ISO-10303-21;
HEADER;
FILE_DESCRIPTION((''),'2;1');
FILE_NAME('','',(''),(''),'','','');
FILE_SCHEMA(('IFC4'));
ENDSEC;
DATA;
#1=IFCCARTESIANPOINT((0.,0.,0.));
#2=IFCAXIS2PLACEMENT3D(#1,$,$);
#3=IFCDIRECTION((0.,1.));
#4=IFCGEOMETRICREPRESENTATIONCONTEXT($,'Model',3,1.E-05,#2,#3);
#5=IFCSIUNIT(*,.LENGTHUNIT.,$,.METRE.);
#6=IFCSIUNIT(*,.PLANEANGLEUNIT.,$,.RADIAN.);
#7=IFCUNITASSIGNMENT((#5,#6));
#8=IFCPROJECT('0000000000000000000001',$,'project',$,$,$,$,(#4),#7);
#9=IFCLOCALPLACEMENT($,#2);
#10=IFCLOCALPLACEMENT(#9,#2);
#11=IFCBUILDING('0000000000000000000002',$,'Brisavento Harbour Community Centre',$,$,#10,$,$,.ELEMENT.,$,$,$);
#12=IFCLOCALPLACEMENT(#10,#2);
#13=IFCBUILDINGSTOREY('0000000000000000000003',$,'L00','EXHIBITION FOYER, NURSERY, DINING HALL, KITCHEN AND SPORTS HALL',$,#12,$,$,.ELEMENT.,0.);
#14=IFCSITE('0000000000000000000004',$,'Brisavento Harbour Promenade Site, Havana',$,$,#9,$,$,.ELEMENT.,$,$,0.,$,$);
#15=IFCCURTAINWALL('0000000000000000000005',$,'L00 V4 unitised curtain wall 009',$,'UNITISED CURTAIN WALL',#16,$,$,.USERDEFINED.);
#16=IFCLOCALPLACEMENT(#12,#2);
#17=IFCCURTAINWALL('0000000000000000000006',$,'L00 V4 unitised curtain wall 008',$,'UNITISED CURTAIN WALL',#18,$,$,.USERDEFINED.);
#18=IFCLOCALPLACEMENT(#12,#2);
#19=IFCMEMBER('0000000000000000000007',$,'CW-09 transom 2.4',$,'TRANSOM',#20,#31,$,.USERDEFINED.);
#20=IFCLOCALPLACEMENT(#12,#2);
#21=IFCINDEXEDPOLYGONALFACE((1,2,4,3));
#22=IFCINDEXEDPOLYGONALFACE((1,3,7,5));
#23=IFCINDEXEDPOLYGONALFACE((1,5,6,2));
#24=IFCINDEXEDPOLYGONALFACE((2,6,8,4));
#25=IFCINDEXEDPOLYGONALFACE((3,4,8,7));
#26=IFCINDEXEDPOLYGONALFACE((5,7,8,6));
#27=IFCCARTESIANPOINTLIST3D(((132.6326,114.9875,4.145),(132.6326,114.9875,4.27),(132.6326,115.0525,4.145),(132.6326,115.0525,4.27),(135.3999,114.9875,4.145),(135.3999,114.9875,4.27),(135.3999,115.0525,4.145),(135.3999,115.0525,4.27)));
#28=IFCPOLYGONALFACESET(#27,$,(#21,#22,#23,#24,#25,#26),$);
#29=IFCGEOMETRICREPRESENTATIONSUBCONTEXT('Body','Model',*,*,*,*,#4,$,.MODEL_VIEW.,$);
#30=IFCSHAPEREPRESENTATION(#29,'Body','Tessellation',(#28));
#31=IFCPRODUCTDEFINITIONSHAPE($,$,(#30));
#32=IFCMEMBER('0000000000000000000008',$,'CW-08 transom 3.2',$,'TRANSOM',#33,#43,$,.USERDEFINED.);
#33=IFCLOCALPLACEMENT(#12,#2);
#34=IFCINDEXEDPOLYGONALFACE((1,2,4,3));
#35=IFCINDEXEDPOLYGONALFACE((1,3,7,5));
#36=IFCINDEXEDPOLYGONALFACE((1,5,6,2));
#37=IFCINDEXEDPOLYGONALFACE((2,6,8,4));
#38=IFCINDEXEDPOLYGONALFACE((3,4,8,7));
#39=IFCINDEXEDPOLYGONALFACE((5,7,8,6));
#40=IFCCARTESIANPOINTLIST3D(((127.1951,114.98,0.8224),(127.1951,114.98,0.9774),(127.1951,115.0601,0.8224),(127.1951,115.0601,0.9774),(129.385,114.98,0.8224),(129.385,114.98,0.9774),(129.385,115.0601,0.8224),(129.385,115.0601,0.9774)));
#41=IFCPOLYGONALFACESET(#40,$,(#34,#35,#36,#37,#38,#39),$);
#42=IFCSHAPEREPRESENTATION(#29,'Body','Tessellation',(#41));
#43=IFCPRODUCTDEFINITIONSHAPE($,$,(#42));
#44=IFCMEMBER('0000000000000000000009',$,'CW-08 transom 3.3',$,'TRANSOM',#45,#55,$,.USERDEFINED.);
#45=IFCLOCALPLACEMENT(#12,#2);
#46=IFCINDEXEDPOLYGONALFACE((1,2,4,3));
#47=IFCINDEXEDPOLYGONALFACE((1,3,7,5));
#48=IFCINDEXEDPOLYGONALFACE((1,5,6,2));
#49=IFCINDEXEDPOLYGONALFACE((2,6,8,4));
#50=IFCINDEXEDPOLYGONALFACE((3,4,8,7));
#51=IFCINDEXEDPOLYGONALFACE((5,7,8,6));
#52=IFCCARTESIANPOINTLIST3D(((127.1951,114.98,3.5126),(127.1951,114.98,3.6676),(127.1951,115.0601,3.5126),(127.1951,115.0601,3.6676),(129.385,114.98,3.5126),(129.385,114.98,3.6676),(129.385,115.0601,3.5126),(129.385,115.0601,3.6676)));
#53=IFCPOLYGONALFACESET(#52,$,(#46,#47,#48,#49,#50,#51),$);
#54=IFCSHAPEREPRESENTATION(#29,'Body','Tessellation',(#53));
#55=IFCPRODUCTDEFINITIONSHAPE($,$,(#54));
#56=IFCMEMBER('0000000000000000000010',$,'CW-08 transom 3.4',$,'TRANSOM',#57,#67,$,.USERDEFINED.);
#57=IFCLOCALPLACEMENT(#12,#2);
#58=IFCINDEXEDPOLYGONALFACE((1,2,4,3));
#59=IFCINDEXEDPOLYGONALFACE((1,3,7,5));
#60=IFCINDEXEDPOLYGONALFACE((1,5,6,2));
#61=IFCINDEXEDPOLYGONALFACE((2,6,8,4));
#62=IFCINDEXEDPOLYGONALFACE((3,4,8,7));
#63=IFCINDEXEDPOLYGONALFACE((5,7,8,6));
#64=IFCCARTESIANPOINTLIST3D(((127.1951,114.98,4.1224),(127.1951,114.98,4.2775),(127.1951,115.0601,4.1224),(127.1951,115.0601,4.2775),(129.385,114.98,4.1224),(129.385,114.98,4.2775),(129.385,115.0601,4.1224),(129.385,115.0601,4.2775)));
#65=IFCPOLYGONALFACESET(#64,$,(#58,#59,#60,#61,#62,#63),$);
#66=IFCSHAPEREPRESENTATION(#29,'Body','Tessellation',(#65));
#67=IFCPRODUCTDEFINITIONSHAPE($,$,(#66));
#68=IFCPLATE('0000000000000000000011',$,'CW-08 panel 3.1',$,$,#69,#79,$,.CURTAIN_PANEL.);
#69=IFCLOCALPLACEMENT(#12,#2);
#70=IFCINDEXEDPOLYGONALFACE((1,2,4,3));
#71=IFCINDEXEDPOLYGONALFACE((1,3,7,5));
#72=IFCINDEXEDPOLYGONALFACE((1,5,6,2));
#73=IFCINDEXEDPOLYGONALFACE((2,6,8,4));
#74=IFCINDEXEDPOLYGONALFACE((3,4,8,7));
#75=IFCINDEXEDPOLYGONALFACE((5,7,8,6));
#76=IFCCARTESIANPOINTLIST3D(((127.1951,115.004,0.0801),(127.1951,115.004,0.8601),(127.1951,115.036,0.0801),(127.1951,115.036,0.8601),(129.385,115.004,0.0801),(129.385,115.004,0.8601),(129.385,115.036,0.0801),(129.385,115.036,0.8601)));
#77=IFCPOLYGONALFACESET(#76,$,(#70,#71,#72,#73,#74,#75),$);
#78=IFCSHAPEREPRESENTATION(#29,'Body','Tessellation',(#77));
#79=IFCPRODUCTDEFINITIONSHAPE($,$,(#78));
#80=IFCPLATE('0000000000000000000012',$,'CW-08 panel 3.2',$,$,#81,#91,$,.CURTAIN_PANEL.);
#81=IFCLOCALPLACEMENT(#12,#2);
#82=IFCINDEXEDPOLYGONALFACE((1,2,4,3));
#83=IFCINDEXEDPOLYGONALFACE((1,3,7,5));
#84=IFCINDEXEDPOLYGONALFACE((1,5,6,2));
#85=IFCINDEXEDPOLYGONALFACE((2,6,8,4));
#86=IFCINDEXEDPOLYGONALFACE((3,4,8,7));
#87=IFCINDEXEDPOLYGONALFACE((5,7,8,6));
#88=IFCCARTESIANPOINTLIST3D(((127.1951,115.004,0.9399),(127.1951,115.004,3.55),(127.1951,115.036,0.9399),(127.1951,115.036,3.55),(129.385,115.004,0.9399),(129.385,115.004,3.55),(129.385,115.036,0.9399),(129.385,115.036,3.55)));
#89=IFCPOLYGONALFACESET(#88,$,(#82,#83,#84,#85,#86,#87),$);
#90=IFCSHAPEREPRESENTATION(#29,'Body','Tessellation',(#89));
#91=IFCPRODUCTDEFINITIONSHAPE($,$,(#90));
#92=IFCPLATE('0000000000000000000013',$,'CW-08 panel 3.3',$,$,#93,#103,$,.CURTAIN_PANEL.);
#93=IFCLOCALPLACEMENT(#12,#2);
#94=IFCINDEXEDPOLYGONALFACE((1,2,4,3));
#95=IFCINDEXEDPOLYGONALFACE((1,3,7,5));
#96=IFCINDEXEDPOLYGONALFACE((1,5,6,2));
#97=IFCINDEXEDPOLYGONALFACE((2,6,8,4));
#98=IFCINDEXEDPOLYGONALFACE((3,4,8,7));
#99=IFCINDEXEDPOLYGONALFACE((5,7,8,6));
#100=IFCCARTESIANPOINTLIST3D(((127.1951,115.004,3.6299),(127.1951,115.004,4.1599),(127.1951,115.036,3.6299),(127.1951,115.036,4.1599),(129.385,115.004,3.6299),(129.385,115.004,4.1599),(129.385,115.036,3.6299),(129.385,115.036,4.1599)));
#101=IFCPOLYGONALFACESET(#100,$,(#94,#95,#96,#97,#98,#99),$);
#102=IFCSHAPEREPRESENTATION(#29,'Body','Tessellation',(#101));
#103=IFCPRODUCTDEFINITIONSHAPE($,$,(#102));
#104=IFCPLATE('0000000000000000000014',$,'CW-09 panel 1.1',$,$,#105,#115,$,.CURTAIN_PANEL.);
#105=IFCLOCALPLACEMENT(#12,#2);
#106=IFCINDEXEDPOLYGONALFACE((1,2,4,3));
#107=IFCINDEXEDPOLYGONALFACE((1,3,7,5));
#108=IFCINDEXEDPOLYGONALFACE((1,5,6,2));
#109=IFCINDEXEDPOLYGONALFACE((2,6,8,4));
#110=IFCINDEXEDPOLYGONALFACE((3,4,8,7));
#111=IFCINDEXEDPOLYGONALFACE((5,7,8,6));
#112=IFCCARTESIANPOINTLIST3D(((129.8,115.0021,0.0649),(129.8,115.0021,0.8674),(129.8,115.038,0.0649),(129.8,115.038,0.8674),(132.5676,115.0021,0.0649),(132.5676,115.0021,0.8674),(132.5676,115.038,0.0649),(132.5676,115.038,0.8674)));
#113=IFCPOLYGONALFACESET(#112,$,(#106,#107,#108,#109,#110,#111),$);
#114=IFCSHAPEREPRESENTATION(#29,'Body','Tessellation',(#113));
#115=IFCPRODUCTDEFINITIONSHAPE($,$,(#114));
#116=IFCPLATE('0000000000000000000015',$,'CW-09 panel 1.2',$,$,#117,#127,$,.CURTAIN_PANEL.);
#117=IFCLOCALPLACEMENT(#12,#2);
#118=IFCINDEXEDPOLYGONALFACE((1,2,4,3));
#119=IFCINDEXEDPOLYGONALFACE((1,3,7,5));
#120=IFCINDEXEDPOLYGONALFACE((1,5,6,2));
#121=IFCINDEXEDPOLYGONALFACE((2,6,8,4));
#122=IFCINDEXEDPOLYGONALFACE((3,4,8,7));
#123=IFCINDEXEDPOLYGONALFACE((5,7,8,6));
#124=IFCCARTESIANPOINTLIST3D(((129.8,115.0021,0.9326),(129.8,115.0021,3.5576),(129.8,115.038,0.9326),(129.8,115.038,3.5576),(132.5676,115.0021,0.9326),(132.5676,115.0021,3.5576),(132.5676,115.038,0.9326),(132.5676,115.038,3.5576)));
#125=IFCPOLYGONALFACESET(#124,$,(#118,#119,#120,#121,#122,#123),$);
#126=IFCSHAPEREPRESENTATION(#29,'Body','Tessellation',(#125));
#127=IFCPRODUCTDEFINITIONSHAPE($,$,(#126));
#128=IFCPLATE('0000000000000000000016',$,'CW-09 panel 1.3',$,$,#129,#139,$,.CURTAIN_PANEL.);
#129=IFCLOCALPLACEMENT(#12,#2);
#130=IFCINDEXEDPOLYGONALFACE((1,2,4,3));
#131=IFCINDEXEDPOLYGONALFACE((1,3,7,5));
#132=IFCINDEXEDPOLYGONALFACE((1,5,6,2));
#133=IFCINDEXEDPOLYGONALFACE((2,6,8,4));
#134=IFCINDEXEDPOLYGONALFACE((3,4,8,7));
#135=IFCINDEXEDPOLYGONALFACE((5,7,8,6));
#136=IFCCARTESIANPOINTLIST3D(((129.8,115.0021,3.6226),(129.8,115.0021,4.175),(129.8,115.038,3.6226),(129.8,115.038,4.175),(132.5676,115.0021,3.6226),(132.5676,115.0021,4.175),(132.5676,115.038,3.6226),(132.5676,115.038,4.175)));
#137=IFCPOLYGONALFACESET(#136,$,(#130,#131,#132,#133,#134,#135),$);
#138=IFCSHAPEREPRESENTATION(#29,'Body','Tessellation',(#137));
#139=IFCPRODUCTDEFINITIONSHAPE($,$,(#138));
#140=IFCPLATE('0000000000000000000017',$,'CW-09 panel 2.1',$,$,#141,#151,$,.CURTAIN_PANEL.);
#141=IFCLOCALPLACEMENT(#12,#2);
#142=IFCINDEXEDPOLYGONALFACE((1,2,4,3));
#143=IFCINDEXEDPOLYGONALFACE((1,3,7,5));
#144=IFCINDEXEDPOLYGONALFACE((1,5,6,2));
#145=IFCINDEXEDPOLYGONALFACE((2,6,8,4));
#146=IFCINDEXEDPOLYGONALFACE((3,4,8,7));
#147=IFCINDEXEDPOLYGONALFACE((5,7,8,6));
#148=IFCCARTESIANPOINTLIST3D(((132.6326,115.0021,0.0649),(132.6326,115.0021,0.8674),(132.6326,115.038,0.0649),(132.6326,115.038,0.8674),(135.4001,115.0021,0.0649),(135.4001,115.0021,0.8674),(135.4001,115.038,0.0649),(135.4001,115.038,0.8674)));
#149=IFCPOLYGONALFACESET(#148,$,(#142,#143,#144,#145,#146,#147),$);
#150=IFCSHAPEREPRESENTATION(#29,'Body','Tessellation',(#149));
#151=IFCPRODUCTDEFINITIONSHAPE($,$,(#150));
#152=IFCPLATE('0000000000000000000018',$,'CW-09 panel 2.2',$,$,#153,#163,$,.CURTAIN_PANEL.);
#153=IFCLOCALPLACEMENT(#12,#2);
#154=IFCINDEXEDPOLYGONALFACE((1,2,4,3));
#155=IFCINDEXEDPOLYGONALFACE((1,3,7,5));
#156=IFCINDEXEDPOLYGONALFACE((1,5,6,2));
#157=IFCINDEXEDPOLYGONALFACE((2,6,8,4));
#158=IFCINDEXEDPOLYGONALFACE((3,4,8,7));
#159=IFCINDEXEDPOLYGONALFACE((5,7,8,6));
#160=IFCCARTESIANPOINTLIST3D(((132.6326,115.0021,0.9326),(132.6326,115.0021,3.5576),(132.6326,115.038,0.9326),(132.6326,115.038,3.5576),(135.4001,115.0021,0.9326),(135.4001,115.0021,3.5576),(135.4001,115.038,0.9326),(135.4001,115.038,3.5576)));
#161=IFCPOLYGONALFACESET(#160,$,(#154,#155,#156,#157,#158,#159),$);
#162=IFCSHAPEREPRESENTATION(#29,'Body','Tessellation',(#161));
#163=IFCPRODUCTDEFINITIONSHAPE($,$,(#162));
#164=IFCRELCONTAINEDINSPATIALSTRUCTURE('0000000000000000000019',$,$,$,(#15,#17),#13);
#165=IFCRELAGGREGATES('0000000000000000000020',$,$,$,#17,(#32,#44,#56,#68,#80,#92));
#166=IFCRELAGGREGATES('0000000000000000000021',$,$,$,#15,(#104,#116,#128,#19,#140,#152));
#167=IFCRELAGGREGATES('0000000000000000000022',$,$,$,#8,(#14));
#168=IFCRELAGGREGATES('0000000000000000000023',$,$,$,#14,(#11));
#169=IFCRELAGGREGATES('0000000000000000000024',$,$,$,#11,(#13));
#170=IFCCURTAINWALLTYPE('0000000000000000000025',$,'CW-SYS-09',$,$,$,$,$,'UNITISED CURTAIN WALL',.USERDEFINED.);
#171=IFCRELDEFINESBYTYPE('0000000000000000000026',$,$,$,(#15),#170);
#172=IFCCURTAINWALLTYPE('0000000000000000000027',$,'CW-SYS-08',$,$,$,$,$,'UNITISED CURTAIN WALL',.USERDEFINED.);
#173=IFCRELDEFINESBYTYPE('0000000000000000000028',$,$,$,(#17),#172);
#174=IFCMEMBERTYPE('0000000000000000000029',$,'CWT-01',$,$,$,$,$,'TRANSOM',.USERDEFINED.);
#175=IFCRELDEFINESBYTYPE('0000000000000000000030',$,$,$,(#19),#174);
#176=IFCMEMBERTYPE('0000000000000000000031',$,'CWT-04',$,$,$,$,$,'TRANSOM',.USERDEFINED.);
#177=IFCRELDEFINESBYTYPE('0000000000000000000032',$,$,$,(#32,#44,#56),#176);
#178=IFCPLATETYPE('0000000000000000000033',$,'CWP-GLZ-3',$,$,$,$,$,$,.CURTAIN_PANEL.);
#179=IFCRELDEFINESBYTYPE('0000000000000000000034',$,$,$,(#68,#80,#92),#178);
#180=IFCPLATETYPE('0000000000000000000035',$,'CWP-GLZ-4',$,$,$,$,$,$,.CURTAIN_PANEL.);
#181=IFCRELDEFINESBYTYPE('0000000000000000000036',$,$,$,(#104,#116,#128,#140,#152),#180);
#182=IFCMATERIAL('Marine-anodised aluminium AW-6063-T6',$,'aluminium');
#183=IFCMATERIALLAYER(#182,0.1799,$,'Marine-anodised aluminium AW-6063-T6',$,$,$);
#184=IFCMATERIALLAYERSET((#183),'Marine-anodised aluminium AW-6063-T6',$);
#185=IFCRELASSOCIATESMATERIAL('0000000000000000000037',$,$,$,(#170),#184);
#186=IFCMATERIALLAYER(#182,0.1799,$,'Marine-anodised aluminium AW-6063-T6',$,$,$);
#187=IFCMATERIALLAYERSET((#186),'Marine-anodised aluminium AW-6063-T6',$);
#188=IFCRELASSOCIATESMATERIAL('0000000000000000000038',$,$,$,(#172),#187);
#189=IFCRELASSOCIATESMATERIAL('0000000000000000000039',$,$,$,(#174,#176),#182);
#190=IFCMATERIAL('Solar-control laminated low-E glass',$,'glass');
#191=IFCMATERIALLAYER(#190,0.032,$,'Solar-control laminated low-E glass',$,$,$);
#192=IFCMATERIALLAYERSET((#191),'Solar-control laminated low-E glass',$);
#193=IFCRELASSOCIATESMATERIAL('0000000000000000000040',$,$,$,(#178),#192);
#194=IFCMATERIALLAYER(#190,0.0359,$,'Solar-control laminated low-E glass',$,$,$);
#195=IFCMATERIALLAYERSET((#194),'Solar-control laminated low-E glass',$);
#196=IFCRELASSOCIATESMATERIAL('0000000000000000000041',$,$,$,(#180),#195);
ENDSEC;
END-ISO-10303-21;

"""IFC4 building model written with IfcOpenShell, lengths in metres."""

from ifc_helpers import new_model, si_unit, direction, frame, origin, origin_2d, place, context, subcontext, project, spatial, rectangle, extrude, material, layer, layer_set, material_profile, profile_set, type_object, element, aggregate, save


model = new_model("IFC4")

# Units and contexts
model_context = context("Model", 3, precision=1e-05, world=origin(), true_north=direction((0.0, 1.0)))
body_context = subcontext(model_context, "Body", "Model", "MODEL_VIEW")
ifc_project = project(units=[si_unit("LENGTHUNIT", "METRE"), si_unit("PLANEANGLEUNIT", "RADIAN")], contexts=[model_context])

# Site, building, storey
site_placement = place(None, origin())
site = spatial("IfcSite", under=ifc_project, at=site_placement, Name="Brisavento Harbour Promenade Site, Havana", CompositionType="ELEMENT", RefElevation=0.0)
building_placement = place(site_placement, origin())
building = spatial("IfcBuilding", under=site, at=building_placement, Name="Brisavento Harbour Community Centre", CompositionType="ELEMENT")
storey_placement = place(building_placement, origin())
storey = spatial("IfcBuildingStorey", under=building, at=storey_placement, Name="L00", Description="EXHIBITION FOYER, NURSERY, DINING HALL, KITCHEN AND SPORTS HALL", CompositionType="ELEMENT", Elevation=0.0)

# Curtain wall
ifc_material_1 = material(Name="Marine-anodised aluminium AW-6063-T6", Category="aluminium")
ifc_layer_1 = layer(ifc_material_1, 0.1799, Name="Marine-anodised aluminium AW-6063-T6")
ifc_layer_set_1 = layer_set([ifc_layer_1], Name="Marine-anodised aluminium AW-6063-T6")
curtain_wall_type_1 = type_object("IfcCurtainWallType", Name="CW-SYS-09", ElementType="UNITISED CURTAIN WALL", PredefinedType="USERDEFINED", material=ifc_layer_set_1)
curtain_wall_1_placement = place(storey_placement, origin())
curtain_wall_1 = element("IfcCurtainWall", 1, at=curtain_wall_1_placement, inside=storey, type_object=curtain_wall_type_1, Name="L00 V4 unitised curtain wall 009", ObjectType="UNITISED CURTAIN WALL", PredefinedType="USERDEFINED")

# Curtain wall
ifc_layer_2 = layer(ifc_material_1, 0.1799, Name="Marine-anodised aluminium AW-6063-T6")
ifc_layer_set_2 = layer_set([ifc_layer_2], Name="Marine-anodised aluminium AW-6063-T6")
curtain_wall_type_2 = type_object("IfcCurtainWallType", Name="CW-SYS-08", ElementType="UNITISED CURTAIN WALL", PredefinedType="USERDEFINED", material=ifc_layer_set_2)
curtain_wall_2_placement = place(storey_placement, origin())
curtain_wall_2 = element("IfcCurtainWall", 2, at=curtain_wall_2_placement, inside=storey, type_object=curtain_wall_type_2, Name="L00 V4 unitised curtain wall 008", ObjectType="UNITISED CURTAIN WALL", PredefinedType="USERDEFINED")

# Members
ifc_material_profile_1 = material_profile(ifc_material_1, rectangle(XDim=0.0649, YDim=0.125, at=origin_2d()), Name="Marine-anodised aluminium AW-6063-T6")
ifc_profile_set_1 = profile_set([ifc_material_profile_1], Name="Marine-anodised aluminium AW-6063-T6")
member_type_1 = type_object("IfcMemberType", Name="CWT-01", ElementType="TRANSOM", PredefinedType="USERDEFINED", material=ifc_profile_set_1)
member_1_placement = place(storey_placement, frame((132.6326, 115.02, 4.2075), z_axis=(1.0, 0.0, 0.0), x_axis=(0.0, 1.0, 0.0)))
member_1 = element("IfcMember", 3, at=member_1_placement, type_object=member_type_1, Name="CW-09 transom 2.4", ObjectType="TRANSOM", PredefinedType="USERDEFINED", context=body_context, shape_type="SweptSolid", body=[
    extrude(rectangle(XDim=0.0649, YDim=0.125, at=origin_2d()), origin(), (0.0, 0.0, 1.0), 2.7673),
])
ifc_material_profile_2 = material_profile(ifc_material_1, rectangle(XDim=0.0801, YDim=0.155, at=origin_2d()), Name="Marine-anodised aluminium AW-6063-T6")
ifc_profile_set_2 = profile_set([ifc_material_profile_2], Name="Marine-anodised aluminium AW-6063-T6")
member_type_2 = type_object("IfcMemberType", Name="CWT-04", ElementType="TRANSOM", PredefinedType="USERDEFINED", material=ifc_profile_set_2)
member_2_placement = place(storey_placement, frame((127.1951, 115.02, 0.8999), z_axis=(1.0, 0.0, 0.0), x_axis=(0.0, 1.0, 0.0)))
member_2 = element("IfcMember", 4, at=member_2_placement, type_object=member_type_2, Name="CW-08 transom 3.2", ObjectType="TRANSOM", PredefinedType="USERDEFINED", context=body_context, shape_type="SweptSolid", body=[
    extrude(rectangle(XDim=0.0801, YDim=0.155, at=origin_2d()), origin(), (0.0, 0.0, 1.0), 2.1899),
])
member_3_placement = place(storey_placement, frame((127.1951, 115.02, 3.5901), z_axis=(1.0, 0.0, 0.0), x_axis=(0.0, 1.0, 0.0)))
member_3 = element("IfcMember", 5, at=member_3_placement, type_object=member_type_2, Name="CW-08 transom 3.3", ObjectType="TRANSOM", PredefinedType="USERDEFINED", context=body_context, shape_type="SweptSolid", body=[
    extrude(rectangle(XDim=0.0801, YDim=0.155, at=origin_2d()), origin(), (0.0, 0.0, 1.0), 2.1899),
])
member_4_placement = place(storey_placement, frame((127.1951, 115.02, 4.2), z_axis=(1.0, 0.0, 0.0), x_axis=(0.0, 1.0, 0.0)))
member_4 = element("IfcMember", 6, at=member_4_placement, type_object=member_type_2, Name="CW-08 transom 3.4", ObjectType="TRANSOM", PredefinedType="USERDEFINED", context=body_context, shape_type="SweptSolid", body=[
    extrude(rectangle(XDim=0.0801, YDim=0.155, at=origin_2d()), origin(), (0.0, 0.0, 1.0), 2.1899),
])

# Plates
ifc_material_2 = material(Name="Solar-control laminated low-E glass", Category="glass")
ifc_layer_3 = layer(ifc_material_2, 0.032, Name="Solar-control laminated low-E glass")
ifc_layer_set_3 = layer_set([ifc_layer_3], Name="Solar-control laminated low-E glass")
plate_type_1 = type_object("IfcPlateType", Name="CWP-GLZ-3", PredefinedType="CURTAIN_PANEL", material=ifc_layer_set_3)
plate_1_placement = place(storey_placement, frame((128.29, 115.02, 0.0801), z_axis=(0.0, 0.0, 1.0), x_axis=(1.0, 0.0, 0.0)))
plate_1 = element("IfcPlate", 7, at=plate_1_placement, type_object=plate_type_1, Name="CW-08 panel 3.1", PredefinedType="CURTAIN_PANEL", context=body_context, shape_type="SweptSolid", body=[
    extrude(rectangle(XDim=2.1899, YDim=0.032, at=origin_2d()), origin(), (0.0, 0.0, 1.0), 0.78),
])
plate_2_placement = place(storey_placement, frame((128.29, 115.02, 0.9399), z_axis=(0.0, 0.0, 1.0), x_axis=(1.0, 0.0, 0.0)))
plate_2 = element("IfcPlate", 8, at=plate_2_placement, type_object=plate_type_1, Name="CW-08 panel 3.2", PredefinedType="CURTAIN_PANEL", context=body_context, shape_type="SweptSolid", body=[
    extrude(rectangle(XDim=2.1899, YDim=0.032, at=origin_2d()), origin(), (0.0, 0.0, 1.0), 2.6101),
])
plate_3_placement = place(storey_placement, frame((128.29, 115.02, 3.6299), z_axis=(0.0, 0.0, 1.0), x_axis=(1.0, 0.0, 0.0)))
plate_3 = element("IfcPlate", 9, at=plate_3_placement, type_object=plate_type_1, Name="CW-08 panel 3.3", PredefinedType="CURTAIN_PANEL", context=body_context, shape_type="SweptSolid", body=[
    extrude(rectangle(XDim=2.1899, YDim=0.032, at=origin_2d()), origin(), (0.0, 0.0, 1.0), 0.53),
])
aggregate(curtain_wall_2, [member_2, member_3, member_4, plate_1, plate_2, plate_3])
ifc_layer_4 = layer(ifc_material_2, 0.0359, Name="Solar-control laminated low-E glass")
ifc_layer_set_4 = layer_set([ifc_layer_4], Name="Solar-control laminated low-E glass")
plate_type_2 = type_object("IfcPlateType", Name="CWP-GLZ-4", PredefinedType="CURTAIN_PANEL", material=ifc_layer_set_4)
plate_4_placement = place(storey_placement, frame((131.1838, 115.02, 0.0649), z_axis=(0.0, 0.0, 1.0), x_axis=(1.0, 0.0, 0.0)))
plate_4 = element("IfcPlate", 10, at=plate_4_placement, type_object=plate_type_2, Name="CW-09 panel 1.1", PredefinedType="CURTAIN_PANEL", context=body_context, shape_type="SweptSolid", body=[
    extrude(rectangle(XDim=2.7676, YDim=0.0359, at=origin_2d()), origin(), (0.0, 0.0, 1.0), 0.8025),
])
plate_5_placement = place(storey_placement, frame((131.1838, 115.02, 0.9326), z_axis=(0.0, 0.0, 1.0), x_axis=(1.0, 0.0, 0.0)))
plate_5 = element("IfcPlate", 11, at=plate_5_placement, type_object=plate_type_2, Name="CW-09 panel 1.2", PredefinedType="CURTAIN_PANEL", context=body_context, shape_type="SweptSolid", body=[
    extrude(rectangle(XDim=2.7676, YDim=0.0359, at=origin_2d()), origin(), (0.0, 0.0, 1.0), 2.625),
])
plate_6_placement = place(storey_placement, frame((131.1838, 115.02, 3.6226), z_axis=(0.0, 0.0, 1.0), x_axis=(1.0, 0.0, 0.0)))
plate_6 = element("IfcPlate", 12, at=plate_6_placement, type_object=plate_type_2, Name="CW-09 panel 1.3", PredefinedType="CURTAIN_PANEL", context=body_context, shape_type="SweptSolid", body=[
    extrude(rectangle(XDim=2.7676, YDim=0.0359, at=origin_2d()), origin(), (0.0, 0.0, 1.0), 0.5525),
])
plate_7_placement = place(storey_placement, frame((134.0164, 115.02, 0.0649), z_axis=(0.0, 0.0, 1.0), x_axis=(1.0, 0.0, 0.0)))
plate_7 = element("IfcPlate", 13, at=plate_7_placement, type_object=plate_type_2, Name="CW-09 panel 2.1", PredefinedType="CURTAIN_PANEL", context=body_context, shape_type="SweptSolid", body=[
    extrude(rectangle(XDim=2.7676, YDim=0.0359, at=origin_2d()), origin(), (0.0, 0.0, 1.0), 0.8025),
])
plate_8_placement = place(storey_placement, frame((134.0164, 115.02, 0.9326), z_axis=(0.0, 0.0, 1.0), x_axis=(1.0, 0.0, 0.0)))
plate_8 = element("IfcPlate", 14, at=plate_8_placement, type_object=plate_type_2, Name="CW-09 panel 2.2", PredefinedType="CURTAIN_PANEL", context=body_context, shape_type="SweptSolid", body=[
    extrude(rectangle(XDim=2.7676, YDim=0.0359, at=origin_2d()), origin(), (0.0, 0.0, 1.0), 2.625),
])
aggregate(curtain_wall_1, [plate_4, plate_5, plate_6, member_1, plate_7, plate_8])

save(model, "model.ifc")
